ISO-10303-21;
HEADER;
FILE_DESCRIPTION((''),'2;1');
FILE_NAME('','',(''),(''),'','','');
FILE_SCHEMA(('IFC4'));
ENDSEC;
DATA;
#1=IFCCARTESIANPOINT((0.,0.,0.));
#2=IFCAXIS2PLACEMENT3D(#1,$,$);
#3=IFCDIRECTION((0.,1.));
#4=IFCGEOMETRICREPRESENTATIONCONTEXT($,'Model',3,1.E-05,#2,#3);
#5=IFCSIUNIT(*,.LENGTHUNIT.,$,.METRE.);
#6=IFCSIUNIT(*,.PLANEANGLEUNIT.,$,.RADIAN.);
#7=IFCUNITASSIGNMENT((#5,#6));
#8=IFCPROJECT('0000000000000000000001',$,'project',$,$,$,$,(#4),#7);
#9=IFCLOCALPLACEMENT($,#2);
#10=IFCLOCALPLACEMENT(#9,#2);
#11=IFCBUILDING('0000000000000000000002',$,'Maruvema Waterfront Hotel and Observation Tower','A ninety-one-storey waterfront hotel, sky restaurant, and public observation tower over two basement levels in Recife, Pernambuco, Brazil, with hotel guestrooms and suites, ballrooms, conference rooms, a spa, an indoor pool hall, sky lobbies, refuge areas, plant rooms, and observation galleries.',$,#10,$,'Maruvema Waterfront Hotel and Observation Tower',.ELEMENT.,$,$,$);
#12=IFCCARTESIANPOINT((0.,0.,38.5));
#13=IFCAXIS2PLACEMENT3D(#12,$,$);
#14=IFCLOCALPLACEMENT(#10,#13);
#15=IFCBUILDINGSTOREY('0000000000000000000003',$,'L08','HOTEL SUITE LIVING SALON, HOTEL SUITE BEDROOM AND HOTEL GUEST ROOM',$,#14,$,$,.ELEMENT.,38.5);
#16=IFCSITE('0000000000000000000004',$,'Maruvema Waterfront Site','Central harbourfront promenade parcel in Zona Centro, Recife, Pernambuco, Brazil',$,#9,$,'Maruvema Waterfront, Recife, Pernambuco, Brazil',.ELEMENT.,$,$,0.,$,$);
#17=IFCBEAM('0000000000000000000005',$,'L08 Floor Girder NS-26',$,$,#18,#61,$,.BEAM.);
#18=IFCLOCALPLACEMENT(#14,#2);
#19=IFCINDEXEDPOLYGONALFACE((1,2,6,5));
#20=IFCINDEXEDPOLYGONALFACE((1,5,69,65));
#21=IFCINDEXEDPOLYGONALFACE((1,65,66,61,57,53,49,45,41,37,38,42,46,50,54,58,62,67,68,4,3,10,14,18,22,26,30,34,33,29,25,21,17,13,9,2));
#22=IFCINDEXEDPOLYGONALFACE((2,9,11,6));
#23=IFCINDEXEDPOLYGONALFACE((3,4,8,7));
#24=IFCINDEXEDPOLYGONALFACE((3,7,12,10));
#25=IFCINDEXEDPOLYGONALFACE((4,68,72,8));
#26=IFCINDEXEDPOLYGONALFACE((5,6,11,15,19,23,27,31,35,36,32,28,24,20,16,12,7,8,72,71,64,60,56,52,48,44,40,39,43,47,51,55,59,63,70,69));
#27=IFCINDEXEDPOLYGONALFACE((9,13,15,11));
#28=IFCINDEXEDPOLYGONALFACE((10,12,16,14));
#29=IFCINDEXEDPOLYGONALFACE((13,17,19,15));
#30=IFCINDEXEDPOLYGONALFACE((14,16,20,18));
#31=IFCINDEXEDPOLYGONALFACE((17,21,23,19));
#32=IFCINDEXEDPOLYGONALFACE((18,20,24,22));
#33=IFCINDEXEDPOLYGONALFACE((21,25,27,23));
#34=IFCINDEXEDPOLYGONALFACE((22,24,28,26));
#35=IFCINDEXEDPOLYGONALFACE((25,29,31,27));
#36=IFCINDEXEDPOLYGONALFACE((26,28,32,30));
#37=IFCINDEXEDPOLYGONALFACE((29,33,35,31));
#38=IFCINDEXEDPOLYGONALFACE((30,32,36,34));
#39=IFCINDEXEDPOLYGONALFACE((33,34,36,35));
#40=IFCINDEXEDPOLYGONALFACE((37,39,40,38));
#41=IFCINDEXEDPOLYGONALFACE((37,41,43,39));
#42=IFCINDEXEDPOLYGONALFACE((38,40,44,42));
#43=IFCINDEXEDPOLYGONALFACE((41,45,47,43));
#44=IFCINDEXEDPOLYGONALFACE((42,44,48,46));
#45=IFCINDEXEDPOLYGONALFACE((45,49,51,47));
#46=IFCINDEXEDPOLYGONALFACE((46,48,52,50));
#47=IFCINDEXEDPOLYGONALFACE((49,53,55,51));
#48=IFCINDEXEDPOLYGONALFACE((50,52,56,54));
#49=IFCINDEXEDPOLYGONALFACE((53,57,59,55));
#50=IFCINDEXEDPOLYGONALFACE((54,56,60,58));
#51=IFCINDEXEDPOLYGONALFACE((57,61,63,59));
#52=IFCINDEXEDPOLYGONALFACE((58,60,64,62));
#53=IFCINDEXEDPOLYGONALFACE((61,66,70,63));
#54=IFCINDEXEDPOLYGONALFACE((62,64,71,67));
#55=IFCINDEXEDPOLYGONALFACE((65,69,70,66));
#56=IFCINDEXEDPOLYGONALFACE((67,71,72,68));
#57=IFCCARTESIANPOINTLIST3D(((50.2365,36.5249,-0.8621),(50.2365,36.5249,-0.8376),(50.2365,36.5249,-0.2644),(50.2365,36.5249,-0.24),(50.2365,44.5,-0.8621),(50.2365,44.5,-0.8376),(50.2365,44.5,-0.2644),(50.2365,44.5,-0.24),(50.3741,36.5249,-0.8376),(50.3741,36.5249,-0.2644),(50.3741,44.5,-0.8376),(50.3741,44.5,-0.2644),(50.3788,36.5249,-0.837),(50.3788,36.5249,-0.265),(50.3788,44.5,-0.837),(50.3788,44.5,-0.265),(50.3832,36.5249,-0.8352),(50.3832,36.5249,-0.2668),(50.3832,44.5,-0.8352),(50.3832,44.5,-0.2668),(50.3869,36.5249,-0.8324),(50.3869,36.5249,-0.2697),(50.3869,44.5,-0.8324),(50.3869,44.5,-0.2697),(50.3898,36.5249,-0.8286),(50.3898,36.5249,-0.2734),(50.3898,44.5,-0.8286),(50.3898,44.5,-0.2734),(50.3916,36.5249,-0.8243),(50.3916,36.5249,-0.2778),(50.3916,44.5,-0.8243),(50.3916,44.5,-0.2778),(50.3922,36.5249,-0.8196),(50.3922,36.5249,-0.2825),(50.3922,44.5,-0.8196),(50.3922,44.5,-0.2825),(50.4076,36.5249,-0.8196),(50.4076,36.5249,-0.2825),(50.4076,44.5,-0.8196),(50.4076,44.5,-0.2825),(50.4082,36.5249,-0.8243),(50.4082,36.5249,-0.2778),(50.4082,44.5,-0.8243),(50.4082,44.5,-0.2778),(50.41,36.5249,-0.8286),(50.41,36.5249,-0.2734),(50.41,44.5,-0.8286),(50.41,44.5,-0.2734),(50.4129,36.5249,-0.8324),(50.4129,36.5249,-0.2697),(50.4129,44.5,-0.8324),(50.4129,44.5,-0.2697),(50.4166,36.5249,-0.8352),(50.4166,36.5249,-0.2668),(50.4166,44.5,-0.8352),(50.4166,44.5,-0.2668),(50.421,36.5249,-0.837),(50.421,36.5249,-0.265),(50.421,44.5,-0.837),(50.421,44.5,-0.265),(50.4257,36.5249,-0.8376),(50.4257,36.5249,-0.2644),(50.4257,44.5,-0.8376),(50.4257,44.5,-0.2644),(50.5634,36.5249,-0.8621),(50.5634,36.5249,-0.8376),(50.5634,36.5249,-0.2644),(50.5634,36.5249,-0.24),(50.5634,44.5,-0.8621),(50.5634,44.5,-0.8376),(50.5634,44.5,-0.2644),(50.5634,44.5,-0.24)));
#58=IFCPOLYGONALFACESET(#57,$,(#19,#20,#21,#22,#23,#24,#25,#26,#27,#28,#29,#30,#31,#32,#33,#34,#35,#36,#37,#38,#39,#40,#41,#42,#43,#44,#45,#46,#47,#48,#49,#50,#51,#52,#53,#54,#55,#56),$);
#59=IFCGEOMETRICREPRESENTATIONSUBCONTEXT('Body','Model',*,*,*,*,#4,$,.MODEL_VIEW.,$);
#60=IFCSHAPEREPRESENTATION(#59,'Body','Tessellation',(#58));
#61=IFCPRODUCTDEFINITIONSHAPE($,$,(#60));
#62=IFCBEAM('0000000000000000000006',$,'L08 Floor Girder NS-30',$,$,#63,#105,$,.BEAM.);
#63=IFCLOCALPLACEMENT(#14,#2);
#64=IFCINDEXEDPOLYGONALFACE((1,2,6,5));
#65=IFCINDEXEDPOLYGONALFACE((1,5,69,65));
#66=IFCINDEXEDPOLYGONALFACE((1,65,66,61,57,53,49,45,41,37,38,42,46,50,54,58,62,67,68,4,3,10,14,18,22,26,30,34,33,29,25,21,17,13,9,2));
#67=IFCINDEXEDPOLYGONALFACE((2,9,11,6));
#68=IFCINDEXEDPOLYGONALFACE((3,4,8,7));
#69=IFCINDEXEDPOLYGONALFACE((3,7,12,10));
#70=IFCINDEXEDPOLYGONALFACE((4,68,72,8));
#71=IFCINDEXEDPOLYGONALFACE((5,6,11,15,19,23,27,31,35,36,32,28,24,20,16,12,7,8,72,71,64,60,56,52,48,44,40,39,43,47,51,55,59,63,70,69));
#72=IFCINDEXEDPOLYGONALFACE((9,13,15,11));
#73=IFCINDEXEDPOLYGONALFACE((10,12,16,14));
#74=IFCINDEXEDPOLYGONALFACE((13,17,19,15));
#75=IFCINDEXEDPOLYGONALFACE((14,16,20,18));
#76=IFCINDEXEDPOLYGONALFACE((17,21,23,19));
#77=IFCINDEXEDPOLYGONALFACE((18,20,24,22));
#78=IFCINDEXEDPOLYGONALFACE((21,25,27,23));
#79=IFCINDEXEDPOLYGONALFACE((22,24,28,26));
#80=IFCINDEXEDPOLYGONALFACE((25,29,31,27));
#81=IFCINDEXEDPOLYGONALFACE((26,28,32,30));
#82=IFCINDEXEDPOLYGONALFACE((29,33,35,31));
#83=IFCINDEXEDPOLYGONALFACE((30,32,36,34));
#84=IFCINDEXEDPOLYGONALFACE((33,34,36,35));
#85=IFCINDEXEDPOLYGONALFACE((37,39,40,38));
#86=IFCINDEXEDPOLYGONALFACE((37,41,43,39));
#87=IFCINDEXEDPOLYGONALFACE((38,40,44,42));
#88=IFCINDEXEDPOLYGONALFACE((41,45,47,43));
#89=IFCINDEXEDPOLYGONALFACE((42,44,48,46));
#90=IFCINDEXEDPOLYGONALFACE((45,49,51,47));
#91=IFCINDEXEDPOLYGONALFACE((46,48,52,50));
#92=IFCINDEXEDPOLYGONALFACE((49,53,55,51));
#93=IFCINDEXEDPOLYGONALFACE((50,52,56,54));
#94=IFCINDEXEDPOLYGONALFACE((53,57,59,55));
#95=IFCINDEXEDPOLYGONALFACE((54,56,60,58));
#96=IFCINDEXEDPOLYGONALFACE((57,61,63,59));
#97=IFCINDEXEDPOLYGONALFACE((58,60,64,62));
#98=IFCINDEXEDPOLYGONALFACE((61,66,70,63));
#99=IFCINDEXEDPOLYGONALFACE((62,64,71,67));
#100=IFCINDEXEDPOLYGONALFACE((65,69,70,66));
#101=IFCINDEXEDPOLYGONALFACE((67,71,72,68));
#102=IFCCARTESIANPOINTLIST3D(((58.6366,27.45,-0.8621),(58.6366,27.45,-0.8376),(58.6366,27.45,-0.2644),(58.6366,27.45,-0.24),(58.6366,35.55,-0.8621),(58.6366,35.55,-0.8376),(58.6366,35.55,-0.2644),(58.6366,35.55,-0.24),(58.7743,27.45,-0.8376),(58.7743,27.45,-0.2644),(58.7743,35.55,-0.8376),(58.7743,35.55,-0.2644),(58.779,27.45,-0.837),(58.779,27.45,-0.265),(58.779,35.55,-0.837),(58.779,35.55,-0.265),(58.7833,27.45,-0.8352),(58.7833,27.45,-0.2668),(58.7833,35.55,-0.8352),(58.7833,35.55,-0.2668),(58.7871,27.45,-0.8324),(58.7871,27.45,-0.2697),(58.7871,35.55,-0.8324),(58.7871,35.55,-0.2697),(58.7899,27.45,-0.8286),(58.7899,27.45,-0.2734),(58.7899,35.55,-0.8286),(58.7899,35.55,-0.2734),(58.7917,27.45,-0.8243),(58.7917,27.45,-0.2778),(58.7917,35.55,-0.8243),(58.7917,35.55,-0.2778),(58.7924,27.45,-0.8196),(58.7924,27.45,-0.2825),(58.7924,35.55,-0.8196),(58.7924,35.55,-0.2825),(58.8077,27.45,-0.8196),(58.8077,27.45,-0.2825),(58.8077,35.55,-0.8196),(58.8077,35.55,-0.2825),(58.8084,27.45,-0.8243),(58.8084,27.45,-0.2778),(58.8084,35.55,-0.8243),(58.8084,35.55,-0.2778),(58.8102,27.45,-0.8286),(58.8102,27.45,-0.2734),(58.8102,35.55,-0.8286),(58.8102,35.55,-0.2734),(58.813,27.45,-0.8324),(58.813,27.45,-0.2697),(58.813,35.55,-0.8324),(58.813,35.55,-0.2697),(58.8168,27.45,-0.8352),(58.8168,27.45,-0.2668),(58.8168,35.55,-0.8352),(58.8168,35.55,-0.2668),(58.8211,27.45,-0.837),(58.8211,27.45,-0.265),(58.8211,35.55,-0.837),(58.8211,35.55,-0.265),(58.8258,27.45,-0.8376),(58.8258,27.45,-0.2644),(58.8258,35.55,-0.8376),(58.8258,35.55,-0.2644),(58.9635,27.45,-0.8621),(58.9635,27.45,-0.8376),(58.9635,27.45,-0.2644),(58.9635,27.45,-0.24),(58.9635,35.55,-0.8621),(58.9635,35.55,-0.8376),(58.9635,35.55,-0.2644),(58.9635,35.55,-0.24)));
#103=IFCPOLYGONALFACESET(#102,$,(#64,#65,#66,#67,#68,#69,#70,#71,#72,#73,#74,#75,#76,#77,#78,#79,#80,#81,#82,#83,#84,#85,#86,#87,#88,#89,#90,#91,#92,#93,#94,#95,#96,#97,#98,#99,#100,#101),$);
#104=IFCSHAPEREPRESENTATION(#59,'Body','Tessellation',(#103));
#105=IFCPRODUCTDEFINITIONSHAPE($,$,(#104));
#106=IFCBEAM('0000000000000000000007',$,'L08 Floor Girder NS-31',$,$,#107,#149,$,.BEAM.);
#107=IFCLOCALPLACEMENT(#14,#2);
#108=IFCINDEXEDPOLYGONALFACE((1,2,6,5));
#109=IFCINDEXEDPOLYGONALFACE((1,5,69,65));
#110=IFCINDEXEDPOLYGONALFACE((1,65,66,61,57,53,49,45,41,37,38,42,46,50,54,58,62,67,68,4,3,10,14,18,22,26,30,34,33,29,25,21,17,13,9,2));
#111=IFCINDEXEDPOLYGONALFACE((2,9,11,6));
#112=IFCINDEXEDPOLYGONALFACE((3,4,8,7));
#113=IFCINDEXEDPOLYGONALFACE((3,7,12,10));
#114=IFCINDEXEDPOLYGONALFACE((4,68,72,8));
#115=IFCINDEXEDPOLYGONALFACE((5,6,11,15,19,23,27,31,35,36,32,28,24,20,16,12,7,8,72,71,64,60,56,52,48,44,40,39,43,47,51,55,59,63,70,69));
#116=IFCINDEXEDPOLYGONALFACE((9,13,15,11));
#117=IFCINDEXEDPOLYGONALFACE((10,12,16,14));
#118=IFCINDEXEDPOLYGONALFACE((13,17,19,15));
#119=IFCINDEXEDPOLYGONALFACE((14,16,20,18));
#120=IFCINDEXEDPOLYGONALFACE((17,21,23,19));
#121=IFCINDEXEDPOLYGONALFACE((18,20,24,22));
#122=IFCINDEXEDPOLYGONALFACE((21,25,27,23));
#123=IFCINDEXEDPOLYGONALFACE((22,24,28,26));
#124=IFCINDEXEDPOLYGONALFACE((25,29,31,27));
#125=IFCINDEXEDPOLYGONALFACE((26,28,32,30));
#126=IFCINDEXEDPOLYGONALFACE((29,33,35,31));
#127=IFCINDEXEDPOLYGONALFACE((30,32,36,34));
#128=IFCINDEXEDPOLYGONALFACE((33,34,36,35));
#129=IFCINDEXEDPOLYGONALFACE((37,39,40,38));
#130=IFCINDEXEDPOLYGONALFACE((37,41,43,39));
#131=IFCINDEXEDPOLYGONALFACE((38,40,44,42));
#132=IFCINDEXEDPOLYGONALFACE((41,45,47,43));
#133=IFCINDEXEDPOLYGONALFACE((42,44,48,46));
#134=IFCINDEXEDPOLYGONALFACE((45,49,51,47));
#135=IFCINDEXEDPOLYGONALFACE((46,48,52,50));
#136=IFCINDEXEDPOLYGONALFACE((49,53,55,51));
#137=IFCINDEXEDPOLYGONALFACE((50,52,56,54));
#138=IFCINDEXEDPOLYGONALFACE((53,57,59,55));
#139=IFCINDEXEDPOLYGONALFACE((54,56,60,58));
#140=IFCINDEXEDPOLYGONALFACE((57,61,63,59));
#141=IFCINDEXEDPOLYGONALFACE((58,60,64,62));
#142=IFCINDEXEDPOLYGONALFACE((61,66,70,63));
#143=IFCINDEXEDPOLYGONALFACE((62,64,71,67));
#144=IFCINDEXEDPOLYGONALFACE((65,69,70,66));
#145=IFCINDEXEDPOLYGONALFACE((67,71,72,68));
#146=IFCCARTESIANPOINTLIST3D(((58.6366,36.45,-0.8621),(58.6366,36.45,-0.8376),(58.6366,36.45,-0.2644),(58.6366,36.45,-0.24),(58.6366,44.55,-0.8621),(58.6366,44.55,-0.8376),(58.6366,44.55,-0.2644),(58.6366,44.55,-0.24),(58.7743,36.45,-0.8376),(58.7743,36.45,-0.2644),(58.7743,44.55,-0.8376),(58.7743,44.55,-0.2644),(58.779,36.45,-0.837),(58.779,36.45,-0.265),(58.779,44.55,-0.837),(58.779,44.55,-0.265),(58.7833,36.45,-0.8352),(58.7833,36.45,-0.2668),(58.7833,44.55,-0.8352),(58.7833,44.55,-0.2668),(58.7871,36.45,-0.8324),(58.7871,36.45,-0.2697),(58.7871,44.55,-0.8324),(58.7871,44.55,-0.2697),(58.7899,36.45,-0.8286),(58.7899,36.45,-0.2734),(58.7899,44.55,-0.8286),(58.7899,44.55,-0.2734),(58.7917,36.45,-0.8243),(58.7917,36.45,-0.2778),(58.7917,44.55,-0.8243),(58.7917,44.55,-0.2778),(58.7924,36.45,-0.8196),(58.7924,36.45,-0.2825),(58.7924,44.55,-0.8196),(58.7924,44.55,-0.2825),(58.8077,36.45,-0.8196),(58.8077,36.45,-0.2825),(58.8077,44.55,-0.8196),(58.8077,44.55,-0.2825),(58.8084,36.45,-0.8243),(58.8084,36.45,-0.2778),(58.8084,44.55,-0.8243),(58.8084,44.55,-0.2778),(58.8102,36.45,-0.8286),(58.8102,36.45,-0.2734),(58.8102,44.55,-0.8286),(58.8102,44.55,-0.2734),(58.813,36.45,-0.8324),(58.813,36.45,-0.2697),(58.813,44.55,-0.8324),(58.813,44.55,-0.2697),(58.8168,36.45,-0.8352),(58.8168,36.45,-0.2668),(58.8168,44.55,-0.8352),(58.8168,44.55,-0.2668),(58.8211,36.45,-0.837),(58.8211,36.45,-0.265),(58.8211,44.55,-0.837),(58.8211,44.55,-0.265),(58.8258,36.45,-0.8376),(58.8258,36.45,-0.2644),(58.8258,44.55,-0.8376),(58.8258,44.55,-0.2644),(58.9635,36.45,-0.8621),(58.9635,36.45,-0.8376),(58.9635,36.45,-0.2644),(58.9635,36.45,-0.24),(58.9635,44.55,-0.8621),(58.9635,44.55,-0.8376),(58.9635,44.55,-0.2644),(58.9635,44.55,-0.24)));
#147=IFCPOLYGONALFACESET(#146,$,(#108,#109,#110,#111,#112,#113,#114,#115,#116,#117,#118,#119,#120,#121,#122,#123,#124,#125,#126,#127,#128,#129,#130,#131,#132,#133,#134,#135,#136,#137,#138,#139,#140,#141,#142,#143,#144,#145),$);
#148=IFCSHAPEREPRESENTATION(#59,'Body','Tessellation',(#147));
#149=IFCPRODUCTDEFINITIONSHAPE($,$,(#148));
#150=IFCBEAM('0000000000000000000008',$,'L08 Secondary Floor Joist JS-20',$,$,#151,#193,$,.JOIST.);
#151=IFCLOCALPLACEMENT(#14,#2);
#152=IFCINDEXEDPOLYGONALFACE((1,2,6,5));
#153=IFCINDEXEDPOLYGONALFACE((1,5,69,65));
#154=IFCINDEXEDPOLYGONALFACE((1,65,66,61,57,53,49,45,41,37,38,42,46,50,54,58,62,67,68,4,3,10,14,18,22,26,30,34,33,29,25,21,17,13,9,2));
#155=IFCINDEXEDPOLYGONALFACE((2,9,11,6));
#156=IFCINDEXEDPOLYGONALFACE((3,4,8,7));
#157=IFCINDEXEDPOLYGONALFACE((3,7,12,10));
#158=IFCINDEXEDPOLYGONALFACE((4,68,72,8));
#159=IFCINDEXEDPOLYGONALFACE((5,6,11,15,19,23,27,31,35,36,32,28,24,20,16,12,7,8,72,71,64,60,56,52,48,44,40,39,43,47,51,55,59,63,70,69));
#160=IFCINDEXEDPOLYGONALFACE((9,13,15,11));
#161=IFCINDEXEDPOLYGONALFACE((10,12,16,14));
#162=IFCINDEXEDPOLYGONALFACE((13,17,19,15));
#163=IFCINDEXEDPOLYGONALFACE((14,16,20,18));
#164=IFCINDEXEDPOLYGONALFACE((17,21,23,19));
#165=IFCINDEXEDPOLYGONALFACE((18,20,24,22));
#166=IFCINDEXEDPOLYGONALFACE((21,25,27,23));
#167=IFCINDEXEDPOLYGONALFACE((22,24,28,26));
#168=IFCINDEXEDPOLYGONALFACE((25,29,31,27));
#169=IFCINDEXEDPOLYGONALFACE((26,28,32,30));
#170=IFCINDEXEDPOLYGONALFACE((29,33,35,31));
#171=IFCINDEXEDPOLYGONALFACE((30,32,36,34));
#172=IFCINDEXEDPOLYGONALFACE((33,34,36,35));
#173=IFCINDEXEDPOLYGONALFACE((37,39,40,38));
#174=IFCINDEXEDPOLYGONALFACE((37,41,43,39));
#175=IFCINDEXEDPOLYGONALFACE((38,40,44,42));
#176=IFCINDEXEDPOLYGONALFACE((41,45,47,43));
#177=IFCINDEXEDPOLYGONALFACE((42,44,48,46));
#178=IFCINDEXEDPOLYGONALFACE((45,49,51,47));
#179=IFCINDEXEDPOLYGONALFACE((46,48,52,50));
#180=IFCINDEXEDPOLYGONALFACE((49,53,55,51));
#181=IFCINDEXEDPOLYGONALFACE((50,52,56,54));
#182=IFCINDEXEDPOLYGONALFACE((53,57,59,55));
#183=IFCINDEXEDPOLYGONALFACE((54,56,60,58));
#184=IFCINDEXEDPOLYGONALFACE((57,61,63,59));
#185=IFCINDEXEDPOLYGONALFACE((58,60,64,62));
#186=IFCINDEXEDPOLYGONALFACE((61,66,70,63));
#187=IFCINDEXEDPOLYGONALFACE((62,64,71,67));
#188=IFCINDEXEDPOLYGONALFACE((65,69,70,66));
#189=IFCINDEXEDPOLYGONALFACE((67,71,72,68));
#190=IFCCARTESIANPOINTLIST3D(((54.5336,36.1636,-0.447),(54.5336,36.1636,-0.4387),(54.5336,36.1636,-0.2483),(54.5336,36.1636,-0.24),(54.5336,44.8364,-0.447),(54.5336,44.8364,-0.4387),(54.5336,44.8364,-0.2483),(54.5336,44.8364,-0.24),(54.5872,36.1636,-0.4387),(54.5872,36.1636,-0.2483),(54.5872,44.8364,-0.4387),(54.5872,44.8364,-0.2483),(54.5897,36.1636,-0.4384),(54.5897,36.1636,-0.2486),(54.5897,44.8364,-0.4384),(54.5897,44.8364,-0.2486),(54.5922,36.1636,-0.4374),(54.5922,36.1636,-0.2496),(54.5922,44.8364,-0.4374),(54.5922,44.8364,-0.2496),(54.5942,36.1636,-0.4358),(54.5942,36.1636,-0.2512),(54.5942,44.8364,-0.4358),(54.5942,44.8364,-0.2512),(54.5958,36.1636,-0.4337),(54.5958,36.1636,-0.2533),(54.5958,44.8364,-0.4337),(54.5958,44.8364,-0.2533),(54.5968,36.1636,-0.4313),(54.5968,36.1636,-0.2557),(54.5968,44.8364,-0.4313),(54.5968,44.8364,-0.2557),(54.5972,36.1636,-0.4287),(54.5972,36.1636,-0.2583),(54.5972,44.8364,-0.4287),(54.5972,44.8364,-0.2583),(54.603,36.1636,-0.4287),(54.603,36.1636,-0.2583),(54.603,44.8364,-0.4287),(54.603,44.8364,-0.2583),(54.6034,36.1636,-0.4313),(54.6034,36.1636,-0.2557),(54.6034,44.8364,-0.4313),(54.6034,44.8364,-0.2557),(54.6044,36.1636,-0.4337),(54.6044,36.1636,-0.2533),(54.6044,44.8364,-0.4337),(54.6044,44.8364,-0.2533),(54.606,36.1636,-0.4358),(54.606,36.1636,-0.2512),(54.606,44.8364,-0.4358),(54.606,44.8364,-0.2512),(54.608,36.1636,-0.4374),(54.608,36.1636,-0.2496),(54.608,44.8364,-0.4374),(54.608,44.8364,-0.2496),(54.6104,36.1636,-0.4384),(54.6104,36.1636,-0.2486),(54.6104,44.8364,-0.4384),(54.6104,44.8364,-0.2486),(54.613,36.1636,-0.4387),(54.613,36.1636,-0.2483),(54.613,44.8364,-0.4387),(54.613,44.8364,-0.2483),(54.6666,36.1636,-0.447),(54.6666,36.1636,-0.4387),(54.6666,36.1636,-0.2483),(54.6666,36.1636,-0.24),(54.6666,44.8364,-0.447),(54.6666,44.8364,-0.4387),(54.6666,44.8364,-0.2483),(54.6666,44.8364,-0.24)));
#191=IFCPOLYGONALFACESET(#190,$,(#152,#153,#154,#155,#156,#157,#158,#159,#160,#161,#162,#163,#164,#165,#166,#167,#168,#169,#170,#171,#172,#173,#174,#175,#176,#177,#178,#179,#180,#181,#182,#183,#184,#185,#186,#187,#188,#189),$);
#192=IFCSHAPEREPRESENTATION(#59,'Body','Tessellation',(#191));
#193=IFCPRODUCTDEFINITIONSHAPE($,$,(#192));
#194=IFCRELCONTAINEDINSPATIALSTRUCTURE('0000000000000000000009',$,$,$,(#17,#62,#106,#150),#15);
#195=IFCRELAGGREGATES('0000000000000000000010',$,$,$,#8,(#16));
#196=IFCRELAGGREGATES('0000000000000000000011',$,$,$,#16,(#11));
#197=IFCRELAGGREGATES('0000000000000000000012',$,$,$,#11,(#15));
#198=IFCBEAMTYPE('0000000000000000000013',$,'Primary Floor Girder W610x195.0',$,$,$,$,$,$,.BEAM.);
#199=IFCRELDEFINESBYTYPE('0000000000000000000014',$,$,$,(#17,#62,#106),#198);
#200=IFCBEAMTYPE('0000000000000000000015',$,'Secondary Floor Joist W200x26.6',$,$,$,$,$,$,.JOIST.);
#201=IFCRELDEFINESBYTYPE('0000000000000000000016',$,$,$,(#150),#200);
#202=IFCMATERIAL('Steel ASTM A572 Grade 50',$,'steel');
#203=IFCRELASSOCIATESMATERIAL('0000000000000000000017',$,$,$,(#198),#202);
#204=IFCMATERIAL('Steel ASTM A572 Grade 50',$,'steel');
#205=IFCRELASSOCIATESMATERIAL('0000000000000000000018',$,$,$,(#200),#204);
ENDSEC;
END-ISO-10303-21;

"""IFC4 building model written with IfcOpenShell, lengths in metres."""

from ifc_helpers import new_model, si_unit, direction, frame, origin, origin_2d, place, context, subcontext, project, spatial, i_section, extrude, material, material_profile, profile_set, type_object, element, save


model = new_model("IFC4")

# Units and contexts
model_context = context("Model", 3, precision=1e-05, world=origin(), true_north=direction((0.0, 1.0)))
body_context = subcontext(model_context, "Body", "Model", "MODEL_VIEW")
ifc_project = project(units=[si_unit("LENGTHUNIT", "METRE"), si_unit("PLANEANGLEUNIT", "RADIAN")], contexts=[model_context])

# Site, building, storey
site_placement = place(None, origin())
site = spatial("IfcSite", under=ifc_project, at=site_placement, Name="Maruvema Waterfront Site", Description="Central harbourfront promenade parcel in Zona Centro, Recife, Pernambuco, Brazil", LongName="Maruvema Waterfront, Recife, Pernambuco, Brazil", CompositionType="ELEMENT", RefElevation=0.0)
building_placement = place(site_placement, origin())
building = spatial("IfcBuilding", under=site, at=building_placement, Name="Maruvema Waterfront Hotel and Observation Tower", Description="A ninety-one-storey waterfront hotel, sky restaurant, and public observation tower over two basement levels in Recife, Pernambuco, Brazil, with hotel guestrooms and suites, ballrooms, conference rooms, a spa, an indoor pool hall, sky lobbies, refuge areas, plant rooms, and observation galleries.", LongName="Maruvema Waterfront Hotel and Observation Tower", CompositionType="ELEMENT")
storey_placement = place(building_placement, frame((0.0, 0.0, 38.5)))
storey = spatial("IfcBuildingStorey", under=building, at=storey_placement, Name="L08", Description="HOTEL SUITE LIVING SALON, HOTEL SUITE BEDROOM AND HOTEL GUEST ROOM", CompositionType="ELEMENT", Elevation=38.5)

# Beams
ifc_material_1 = material(Name="Steel ASTM A572 Grade 50", Category="steel")
ifc_material_profile_1 = material_profile(ifc_material_1, i_section(OverallWidth=0.3269, OverallDepth=0.6221, WebThickness=0.0154, FlangeThickness=0.0244, FilletRadius=0.0181, at=origin_2d()), Name="W610x195.0")
ifc_profile_set_1 = profile_set([ifc_material_profile_1], Name="Steel ASTM A572 Grade 50")
beam_type_1 = type_object("IfcBeamType", Name="Primary Floor Girder W610x195.0", PredefinedType="BEAM", material=ifc_profile_set_1)
for number, where, z_axis, x_axis, name in (
    (1, (50.3999, 36.5249, -0.551), (0.0, 1.0, 0.0), (-1.0, 0.0, 0.0), "L08 Floor Girder NS-26"),
):
    element("IfcBeam", number, at=place(storey_placement, frame(where, z_axis=z_axis, x_axis=x_axis)), inside=storey, type_object=beam_type_1, Name=name, PredefinedType="BEAM", context=body_context, shape_type="SweptSolid", body=[
        extrude(i_section(OverallWidth=0.3269, OverallDepth=0.6221, WebThickness=0.0154, FlangeThickness=0.0244, FilletRadius=0.0181, at=origin_2d()), origin(), (0.0, 0.0, 1.0), 7.9751),
    ])
for number, where, z_axis, x_axis, name in (
    (2, (58.8, 27.45, -0.551), (0.0, 1.0, 0.0), (-1.0, 0.0, 0.0), "L08 Floor Girder NS-30"),
    (3, (58.8, 36.45, -0.551), (0.0, 1.0, 0.0), (-1.0, 0.0, 0.0), "L08 Floor Girder NS-31"),
):
    element("IfcBeam", number, at=place(storey_placement, frame(where, z_axis=z_axis, x_axis=x_axis)), inside=storey, type_object=beam_type_1, Name=name, PredefinedType="BEAM", context=body_context, shape_type="SweptSolid", body=[
        extrude(i_section(OverallWidth=0.3269, OverallDepth=0.6221, WebThickness=0.0154, FlangeThickness=0.0244, FilletRadius=0.0181, at=origin_2d()), origin(), (0.0, 0.0, 1.0), 8.1001),
    ])
ifc_material_2 = material(Name="Steel ASTM A572 Grade 50", Category="steel")
ifc_material_profile_2 = material_profile(ifc_material_2, i_section(OverallWidth=0.1331, OverallDepth=0.207, WebThickness=0.0059, FlangeThickness=0.0083, FilletRadius=0.01, at=origin_2d()), Name="W200x26.6")
ifc_profile_set_2 = profile_set([ifc_material_profile_2], Name="Steel ASTM A572 Grade 50")
beam_type_2 = type_object("IfcBeamType", Name="Secondary Floor Joist W200x26.6", PredefinedType="JOIST", material=ifc_profile_set_2)
beam_1_placement = place(storey_placement, frame((54.6001, 36.1636, -0.3435), z_axis=(0.0, 1.0, 0.0), x_axis=(-1.0, 0.0, 0.0)))
element("IfcBeam", 4, at=beam_1_placement, inside=storey, type_object=beam_type_2, Name="L08 Secondary Floor Joist JS-20", PredefinedType="JOIST", context=body_context, shape_type="SweptSolid", body=[
    extrude(i_section(OverallWidth=0.1331, OverallDepth=0.207, WebThickness=0.0059, FlangeThickness=0.0083, FilletRadius=0.01, at=origin_2d()), origin(), (0.0, 0.0, 1.0), 8.6729),
])

save(model, "model.ifc")
